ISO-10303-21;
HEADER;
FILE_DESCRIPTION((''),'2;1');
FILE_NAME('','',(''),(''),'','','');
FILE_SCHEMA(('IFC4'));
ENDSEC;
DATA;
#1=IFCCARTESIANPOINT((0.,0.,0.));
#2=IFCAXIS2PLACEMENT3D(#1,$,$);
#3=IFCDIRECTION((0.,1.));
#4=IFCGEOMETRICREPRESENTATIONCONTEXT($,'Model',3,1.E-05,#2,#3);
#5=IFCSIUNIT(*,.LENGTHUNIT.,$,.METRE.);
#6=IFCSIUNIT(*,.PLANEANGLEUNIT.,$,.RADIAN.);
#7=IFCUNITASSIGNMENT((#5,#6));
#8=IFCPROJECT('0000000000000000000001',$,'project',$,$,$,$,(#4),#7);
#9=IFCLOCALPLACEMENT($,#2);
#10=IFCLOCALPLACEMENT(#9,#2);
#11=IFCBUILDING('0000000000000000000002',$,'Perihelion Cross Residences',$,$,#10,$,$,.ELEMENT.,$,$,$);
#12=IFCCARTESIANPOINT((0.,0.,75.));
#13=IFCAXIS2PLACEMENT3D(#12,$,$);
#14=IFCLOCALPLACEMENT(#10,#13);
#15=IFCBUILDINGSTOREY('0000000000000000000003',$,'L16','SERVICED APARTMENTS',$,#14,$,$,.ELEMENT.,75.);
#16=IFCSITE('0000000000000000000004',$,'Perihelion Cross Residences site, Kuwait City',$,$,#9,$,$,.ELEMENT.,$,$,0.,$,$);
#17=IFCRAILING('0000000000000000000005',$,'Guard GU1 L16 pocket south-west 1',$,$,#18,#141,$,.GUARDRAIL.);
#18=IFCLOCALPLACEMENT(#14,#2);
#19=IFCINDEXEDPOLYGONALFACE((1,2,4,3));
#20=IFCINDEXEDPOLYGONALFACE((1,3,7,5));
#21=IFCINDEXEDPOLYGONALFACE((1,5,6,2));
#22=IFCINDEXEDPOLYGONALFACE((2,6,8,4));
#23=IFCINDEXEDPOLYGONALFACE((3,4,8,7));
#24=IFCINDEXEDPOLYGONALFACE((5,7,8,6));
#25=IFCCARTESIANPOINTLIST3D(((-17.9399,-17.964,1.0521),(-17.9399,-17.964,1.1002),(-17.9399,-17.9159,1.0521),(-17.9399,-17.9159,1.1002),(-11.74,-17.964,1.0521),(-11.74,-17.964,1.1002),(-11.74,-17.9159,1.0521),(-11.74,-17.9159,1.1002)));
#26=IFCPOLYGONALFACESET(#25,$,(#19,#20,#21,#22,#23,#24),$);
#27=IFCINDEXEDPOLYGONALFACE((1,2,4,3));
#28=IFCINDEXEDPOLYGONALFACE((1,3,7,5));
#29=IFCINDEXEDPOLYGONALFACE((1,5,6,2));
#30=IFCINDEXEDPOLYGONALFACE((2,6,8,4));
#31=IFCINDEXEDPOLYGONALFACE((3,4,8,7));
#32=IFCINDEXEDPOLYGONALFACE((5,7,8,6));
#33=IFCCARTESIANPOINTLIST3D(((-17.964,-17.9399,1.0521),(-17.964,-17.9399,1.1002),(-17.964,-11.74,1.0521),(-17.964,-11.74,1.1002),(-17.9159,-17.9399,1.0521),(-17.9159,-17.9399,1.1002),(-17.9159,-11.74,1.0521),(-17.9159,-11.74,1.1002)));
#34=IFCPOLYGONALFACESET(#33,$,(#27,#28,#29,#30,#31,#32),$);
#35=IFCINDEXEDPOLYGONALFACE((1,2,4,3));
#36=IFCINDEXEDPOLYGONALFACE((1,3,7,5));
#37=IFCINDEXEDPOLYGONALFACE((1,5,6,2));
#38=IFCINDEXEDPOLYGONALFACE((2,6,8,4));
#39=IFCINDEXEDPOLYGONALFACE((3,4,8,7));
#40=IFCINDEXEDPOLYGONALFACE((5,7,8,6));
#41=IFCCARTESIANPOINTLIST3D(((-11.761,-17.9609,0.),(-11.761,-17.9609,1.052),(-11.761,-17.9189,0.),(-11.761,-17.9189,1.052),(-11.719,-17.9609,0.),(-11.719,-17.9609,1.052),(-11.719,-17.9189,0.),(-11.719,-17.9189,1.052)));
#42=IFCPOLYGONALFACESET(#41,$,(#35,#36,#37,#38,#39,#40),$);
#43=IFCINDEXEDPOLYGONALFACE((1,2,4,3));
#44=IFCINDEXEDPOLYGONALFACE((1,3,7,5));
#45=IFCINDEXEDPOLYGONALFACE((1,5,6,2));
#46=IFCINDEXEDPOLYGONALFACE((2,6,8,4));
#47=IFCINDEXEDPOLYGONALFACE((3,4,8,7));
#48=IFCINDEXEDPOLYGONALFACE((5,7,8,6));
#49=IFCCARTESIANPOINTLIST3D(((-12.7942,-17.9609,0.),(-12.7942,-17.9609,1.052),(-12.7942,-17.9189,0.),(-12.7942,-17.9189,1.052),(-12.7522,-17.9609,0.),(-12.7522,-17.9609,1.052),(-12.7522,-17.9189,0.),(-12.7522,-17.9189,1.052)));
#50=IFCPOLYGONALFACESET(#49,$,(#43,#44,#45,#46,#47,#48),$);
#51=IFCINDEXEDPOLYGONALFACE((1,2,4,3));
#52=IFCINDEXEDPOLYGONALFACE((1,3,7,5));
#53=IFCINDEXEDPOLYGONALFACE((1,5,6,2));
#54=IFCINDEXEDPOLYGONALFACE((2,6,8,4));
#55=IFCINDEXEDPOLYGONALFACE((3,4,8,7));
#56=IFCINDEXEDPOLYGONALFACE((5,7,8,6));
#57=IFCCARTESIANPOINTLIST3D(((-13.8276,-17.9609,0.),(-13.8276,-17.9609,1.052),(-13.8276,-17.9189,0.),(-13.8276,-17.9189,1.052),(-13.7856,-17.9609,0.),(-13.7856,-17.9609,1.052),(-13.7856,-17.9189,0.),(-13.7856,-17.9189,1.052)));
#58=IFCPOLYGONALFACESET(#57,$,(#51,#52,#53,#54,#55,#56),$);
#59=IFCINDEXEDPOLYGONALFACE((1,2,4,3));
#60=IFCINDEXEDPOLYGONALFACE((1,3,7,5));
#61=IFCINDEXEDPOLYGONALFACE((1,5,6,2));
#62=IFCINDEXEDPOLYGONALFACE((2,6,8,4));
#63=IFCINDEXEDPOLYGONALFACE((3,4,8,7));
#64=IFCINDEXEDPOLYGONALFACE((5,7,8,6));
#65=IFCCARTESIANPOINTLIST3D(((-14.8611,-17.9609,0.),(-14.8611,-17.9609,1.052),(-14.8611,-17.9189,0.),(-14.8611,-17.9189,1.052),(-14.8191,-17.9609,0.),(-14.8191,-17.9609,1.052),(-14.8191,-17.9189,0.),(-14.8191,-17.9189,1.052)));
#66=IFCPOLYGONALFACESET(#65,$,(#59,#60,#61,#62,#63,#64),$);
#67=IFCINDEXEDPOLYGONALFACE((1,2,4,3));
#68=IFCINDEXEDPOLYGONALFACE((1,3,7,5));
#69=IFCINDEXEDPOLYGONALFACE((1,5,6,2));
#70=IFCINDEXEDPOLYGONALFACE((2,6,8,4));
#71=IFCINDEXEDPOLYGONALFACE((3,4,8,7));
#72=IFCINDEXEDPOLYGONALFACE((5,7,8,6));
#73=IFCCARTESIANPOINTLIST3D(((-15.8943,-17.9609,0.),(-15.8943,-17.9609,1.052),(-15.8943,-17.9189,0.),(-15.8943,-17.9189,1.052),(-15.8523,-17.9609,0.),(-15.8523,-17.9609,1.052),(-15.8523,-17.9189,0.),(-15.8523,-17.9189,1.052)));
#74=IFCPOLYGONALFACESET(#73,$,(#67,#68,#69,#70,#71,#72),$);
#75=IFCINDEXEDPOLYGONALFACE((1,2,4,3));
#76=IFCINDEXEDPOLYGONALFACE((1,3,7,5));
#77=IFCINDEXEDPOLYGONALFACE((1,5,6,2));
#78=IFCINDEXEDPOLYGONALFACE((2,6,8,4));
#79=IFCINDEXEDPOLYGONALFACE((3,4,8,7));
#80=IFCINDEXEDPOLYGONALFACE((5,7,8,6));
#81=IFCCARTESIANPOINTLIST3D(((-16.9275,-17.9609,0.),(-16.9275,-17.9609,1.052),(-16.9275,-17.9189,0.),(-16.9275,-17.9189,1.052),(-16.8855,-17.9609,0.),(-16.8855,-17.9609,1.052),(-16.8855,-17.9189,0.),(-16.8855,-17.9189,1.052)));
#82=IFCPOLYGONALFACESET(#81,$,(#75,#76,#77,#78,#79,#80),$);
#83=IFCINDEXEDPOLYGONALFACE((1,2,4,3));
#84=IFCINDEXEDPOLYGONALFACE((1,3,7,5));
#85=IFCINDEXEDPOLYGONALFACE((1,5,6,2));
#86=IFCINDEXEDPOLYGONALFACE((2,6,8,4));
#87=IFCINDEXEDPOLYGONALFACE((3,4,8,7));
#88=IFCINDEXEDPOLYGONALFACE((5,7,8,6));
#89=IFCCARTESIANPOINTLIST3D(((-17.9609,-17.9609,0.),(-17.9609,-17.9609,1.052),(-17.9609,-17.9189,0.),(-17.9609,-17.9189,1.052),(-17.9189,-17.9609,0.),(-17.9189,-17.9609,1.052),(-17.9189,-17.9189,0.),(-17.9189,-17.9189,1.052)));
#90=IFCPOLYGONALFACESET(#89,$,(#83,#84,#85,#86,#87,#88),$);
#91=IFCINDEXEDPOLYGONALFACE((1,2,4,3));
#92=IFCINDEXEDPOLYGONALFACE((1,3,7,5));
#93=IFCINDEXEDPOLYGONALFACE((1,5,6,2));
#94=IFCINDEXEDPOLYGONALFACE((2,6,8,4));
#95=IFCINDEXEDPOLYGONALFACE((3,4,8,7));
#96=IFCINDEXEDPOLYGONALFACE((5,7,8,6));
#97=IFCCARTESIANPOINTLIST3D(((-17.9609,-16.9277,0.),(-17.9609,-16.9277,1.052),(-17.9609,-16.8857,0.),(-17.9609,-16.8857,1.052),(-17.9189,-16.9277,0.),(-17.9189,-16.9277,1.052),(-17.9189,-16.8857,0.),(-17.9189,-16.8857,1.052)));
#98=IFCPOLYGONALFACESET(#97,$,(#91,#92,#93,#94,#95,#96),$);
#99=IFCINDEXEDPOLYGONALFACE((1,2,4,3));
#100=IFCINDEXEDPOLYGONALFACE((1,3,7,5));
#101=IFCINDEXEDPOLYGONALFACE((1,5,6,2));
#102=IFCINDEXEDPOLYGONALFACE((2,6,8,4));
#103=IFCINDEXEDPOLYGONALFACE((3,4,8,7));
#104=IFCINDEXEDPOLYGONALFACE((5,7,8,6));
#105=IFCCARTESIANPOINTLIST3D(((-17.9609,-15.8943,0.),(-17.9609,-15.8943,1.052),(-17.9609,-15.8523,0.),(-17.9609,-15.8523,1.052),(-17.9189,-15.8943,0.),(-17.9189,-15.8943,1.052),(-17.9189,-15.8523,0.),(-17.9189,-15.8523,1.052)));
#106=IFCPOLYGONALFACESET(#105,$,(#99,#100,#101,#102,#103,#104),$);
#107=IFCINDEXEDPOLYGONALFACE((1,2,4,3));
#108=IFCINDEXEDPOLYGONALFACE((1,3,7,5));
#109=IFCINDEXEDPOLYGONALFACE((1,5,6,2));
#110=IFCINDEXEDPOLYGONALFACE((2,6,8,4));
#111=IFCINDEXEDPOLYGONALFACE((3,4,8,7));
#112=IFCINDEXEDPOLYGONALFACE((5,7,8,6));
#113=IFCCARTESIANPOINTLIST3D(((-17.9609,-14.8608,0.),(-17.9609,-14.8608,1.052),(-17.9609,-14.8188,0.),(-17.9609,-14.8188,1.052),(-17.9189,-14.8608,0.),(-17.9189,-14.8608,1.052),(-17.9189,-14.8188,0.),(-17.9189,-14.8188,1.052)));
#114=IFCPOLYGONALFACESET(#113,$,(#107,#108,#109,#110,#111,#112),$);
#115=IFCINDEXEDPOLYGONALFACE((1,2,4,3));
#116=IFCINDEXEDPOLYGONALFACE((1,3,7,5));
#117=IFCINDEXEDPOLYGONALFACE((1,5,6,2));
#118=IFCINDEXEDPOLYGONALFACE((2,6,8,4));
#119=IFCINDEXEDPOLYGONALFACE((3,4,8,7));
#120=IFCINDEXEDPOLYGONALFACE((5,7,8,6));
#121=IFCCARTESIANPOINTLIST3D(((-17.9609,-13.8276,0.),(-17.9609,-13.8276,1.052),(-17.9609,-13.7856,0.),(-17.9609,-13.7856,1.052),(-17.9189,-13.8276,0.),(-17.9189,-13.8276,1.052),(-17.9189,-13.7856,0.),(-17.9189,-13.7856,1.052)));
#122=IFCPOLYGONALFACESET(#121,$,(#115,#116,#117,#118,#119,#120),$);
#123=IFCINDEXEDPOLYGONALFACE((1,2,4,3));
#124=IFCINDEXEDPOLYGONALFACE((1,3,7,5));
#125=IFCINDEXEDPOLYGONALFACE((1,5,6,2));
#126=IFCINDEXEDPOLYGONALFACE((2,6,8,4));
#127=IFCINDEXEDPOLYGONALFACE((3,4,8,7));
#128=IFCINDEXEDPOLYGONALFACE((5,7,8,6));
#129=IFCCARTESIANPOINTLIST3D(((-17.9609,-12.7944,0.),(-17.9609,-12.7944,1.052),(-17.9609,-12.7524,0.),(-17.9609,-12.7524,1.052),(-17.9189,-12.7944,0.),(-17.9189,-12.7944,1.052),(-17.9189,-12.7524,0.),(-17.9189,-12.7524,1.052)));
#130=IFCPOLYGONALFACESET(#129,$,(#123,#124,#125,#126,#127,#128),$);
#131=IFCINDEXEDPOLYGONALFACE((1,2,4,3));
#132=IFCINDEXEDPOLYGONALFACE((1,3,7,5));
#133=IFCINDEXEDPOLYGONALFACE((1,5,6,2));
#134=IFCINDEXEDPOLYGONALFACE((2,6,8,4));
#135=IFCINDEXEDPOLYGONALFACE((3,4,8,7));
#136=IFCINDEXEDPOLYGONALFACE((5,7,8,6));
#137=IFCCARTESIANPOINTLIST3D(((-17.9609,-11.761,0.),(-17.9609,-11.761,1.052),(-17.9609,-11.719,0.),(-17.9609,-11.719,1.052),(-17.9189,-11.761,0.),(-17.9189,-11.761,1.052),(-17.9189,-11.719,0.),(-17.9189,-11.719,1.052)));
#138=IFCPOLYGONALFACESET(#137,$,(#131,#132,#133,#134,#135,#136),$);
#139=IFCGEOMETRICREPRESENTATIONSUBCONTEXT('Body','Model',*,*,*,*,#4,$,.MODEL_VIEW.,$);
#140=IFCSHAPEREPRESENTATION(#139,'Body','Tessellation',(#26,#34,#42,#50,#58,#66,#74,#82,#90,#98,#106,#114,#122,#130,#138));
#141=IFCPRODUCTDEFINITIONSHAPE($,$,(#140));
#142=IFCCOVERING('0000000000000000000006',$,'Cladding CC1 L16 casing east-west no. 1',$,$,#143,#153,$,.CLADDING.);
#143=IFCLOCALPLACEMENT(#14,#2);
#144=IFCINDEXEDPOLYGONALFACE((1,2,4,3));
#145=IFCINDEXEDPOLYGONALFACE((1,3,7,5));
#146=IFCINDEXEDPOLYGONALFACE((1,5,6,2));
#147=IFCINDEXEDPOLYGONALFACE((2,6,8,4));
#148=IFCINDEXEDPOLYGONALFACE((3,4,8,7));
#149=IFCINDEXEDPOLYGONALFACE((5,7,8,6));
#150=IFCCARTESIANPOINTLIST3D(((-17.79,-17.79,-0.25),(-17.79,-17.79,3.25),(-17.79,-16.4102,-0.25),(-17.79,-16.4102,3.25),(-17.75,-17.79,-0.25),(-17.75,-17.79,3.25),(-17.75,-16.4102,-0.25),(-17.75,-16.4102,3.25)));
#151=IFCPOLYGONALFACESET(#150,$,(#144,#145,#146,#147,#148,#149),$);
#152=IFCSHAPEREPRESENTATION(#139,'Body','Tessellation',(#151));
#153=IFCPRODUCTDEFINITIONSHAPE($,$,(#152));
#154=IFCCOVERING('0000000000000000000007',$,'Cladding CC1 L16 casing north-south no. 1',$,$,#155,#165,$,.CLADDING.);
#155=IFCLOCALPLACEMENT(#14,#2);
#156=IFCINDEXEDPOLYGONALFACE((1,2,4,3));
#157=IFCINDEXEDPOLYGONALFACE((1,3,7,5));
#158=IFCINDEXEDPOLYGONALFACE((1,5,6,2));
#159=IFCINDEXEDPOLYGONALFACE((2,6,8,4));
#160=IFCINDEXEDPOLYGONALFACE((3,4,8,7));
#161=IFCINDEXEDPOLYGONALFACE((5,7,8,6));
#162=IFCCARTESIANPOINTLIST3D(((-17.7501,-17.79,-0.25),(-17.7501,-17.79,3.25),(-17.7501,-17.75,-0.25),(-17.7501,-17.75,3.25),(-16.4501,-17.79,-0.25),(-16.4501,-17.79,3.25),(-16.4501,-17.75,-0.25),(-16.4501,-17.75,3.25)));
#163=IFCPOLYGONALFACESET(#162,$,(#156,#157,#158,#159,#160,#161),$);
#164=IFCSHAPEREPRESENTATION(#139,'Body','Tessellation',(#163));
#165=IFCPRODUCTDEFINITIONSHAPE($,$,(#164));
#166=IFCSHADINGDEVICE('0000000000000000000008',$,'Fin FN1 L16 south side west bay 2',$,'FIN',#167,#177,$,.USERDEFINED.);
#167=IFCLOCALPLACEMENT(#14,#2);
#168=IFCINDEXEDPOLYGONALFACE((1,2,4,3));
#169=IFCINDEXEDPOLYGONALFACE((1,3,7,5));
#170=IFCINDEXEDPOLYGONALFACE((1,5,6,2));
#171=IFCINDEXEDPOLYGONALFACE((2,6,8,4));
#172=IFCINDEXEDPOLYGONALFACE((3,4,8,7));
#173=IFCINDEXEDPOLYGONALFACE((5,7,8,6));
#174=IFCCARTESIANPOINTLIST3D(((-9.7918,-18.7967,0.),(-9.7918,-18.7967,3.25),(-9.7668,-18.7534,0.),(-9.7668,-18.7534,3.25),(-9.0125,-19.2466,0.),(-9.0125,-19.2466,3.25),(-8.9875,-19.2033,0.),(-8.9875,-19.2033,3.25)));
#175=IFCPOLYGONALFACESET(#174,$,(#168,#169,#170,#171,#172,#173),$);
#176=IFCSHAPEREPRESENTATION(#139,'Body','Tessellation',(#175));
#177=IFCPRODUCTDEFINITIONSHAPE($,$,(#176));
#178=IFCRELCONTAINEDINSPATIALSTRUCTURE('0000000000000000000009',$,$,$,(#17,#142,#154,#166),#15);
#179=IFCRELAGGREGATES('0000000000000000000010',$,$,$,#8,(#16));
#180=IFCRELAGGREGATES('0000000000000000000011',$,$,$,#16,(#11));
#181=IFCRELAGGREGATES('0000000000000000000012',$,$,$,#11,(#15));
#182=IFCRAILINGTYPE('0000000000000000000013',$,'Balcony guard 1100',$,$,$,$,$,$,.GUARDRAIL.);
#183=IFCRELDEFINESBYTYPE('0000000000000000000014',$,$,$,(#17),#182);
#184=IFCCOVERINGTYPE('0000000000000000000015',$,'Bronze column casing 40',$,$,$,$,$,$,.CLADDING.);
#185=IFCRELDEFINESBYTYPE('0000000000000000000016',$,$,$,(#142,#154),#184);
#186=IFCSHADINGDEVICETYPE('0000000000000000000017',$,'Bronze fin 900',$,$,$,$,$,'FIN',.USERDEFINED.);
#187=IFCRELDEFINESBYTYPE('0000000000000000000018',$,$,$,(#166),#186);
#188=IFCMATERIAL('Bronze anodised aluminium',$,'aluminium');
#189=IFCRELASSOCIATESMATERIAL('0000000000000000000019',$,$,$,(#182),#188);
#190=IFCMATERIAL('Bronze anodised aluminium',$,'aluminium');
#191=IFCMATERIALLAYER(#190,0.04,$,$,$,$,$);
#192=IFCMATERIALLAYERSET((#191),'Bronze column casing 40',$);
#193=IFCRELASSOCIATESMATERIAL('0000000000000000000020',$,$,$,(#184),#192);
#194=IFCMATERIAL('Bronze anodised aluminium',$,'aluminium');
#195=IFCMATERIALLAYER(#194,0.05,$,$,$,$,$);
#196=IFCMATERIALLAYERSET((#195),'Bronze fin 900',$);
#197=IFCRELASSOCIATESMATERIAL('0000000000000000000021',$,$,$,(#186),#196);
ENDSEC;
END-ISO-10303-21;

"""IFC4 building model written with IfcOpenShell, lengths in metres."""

from ifc_helpers import new_model, si_unit, direction, frame, origin, origin_2d, place, context, subcontext, project, spatial, rectangle, extrude, material, layer, layer_set, type_object, element, save


model = new_model("IFC4")

# Units and contexts
model_context = context("Model", 3, precision=1e-05, world=origin(), true_north=direction((0.0, 1.0)))
body_context = subcontext(model_context, "Body", "Model", "MODEL_VIEW")
ifc_project = project(units=[si_unit("LENGTHUNIT", "METRE"), si_unit("PLANEANGLEUNIT", "RADIAN")], contexts=[model_context])

# Site, building, storey
site_placement = place(None, origin())
site = spatial("IfcSite", under=ifc_project, at=site_placement, Name="Perihelion Cross Residences site, Kuwait City", CompositionType="ELEMENT", RefElevation=0.0)
building_placement = place(site_placement, origin())
building = spatial("IfcBuilding", under=site, at=building_placement, Name="Perihelion Cross Residences", CompositionType="ELEMENT")
storey_placement = place(building_placement, frame((0.0, 0.0, 75.0)))
storey = spatial("IfcBuildingStorey", under=building, at=storey_placement, Name="L16", Description="SERVICED APARTMENTS", CompositionType="ELEMENT", Elevation=75.0)

# Railing
ifc_material_1 = material(Name="Bronze anodised aluminium", Category="aluminium")
railing_type = type_object("IfcRailingType", Name="Balcony guard 1100", PredefinedType="GUARDRAIL", material=ifc_material_1)
railing_1_placement = place(storey_placement, frame((-11.74, -17.9399, 0.0)))
element("IfcRailing", 1, at=railing_1_placement, inside=storey, type_object=railing_type, Name="Guard GU1 L16 pocket south-west 1", PredefinedType="GUARDRAIL", context=body_context, shape_type="SweptSolid", body=[
    extrude(rectangle(XDim=0.0481, YDim=0.0481, at=origin_2d()), frame((0.0, 0.0, 1.0762), z_axis=(-1.0, 0.0, 0.0), x_axis=(0.0, -1.0, 0.0)), (0.0, 0.0, 1.0), 6.2),
    extrude(rectangle(XDim=0.0481, YDim=0.0481, at=origin_2d()), frame((-6.2, 0.0, 1.0762), z_axis=(0.0, 1.0, 0.0), x_axis=(-1.0, 0.0, 0.0)), (0.0, 0.0, 1.0), 6.2),
    extrude(rectangle(XDim=0.042, YDim=0.042, at=origin_2d()), origin(), (0.0, 0.0, 1.0), 1.052),
    extrude(rectangle(XDim=0.042, YDim=0.042, at=origin_2d()), frame((-1.0332, 0.0, 0.0)), (0.0, 0.0, 1.0), 1.052),
    extrude(rectangle(XDim=0.042, YDim=0.042, at=origin_2d()), frame((-2.0667, 0.0, 0.0)), (0.0, 0.0, 1.0), 1.052),
    extrude(rectangle(XDim=0.042, YDim=0.042, at=origin_2d()), frame((-3.1001, 0.0, 0.0)), (0.0, 0.0, 1.0), 1.052),
    extrude(rectangle(XDim=0.042, YDim=0.042, at=origin_2d()), frame((-4.1333, 0.0, 0.0)), (0.0, 0.0, 1.0), 1.052),
    extrude(rectangle(XDim=0.042, YDim=0.042, at=origin_2d()), frame((-5.1665, 0.0, 0.0)), (0.0, 0.0, 1.0), 1.052),
    extrude(rectangle(XDim=0.042, YDim=0.042, at=origin_2d()), frame((-6.2, 0.0, 0.0)), (0.0, 0.0, 1.0), 1.052),
    extrude(rectangle(XDim=0.042, YDim=0.042, at=origin_2d()), frame((-6.2, 1.0332, 0.0)), (0.0, 0.0, 1.0), 1.052),
    extrude(rectangle(XDim=0.042, YDim=0.042, at=origin_2d()), frame((-6.2, 2.0667, 0.0)), (0.0, 0.0, 1.0), 1.052),
    extrude(rectangle(XDim=0.042, YDim=0.042, at=origin_2d()), frame((-6.2, 3.1001, 0.0)), (0.0, 0.0, 1.0), 1.052),
    extrude(rectangle(XDim=0.042, YDim=0.042, at=origin_2d()), frame((-6.2, 4.1333, 0.0)), (0.0, 0.0, 1.0), 1.052),
    extrude(rectangle(XDim=0.042, YDim=0.042, at=origin_2d()), frame((-6.2, 5.1665, 0.0)), (0.0, 0.0, 1.0), 1.052),
    extrude(rectangle(XDim=0.042, YDim=0.042, at=origin_2d()), frame((-6.2, 6.2, 0.0)), (0.0, 0.0, 1.0), 1.052),
])

# Coverings
ifc_material_2 = material(Name="Bronze anodised aluminium", Category="aluminium")
ifc_layer_1 = layer(ifc_material_2, 0.04)
ifc_layer_set_1 = layer_set([ifc_layer_1], Name="Bronze column casing 40")
covering_type = type_object("IfcCoveringType", Name="Bronze column casing 40", PredefinedType="CLADDING", material=ifc_layer_set_1)
covering_1_placement = place(storey_placement, frame((-17.77, -17.1001, -0.25), z_axis=(0.0, 0.0, 1.0), x_axis=(1.0, 0.0, 0.0)))
element("IfcCovering", 2, at=covering_1_placement, inside=storey, type_object=covering_type, Name="Cladding CC1 L16 casing east-west no. 1", PredefinedType="CLADDING", context=body_context, shape_type="SweptSolid", body=[
    extrude(rectangle(XDim=0.04, YDim=1.3799, at=origin_2d()), origin(), (0.0, 0.0, 1.0), 3.5),
])
covering_2_placement = place(storey_placement, frame((-17.1001, -17.77, -0.25), z_axis=(0.0, 0.0, 1.0), x_axis=(1.0, 0.0, 0.0)))
element("IfcCovering", 3, at=covering_2_placement, inside=storey, type_object=covering_type, Name="Cladding CC1 L16 casing north-south no. 1", PredefinedType="CLADDING", context=body_context, shape_type="SweptSolid", body=[
    extrude(rectangle(XDim=1.3, YDim=0.04, at=origin_2d()), origin(), (0.0, 0.0, 1.0), 3.5),
])

# Shading device
ifc_material_3 = material(Name="Bronze anodised aluminium", Category="aluminium")
ifc_layer_2 = layer(ifc_material_3, 0.05)
ifc_layer_set_2 = layer_set([ifc_layer_2], Name="Bronze fin 900")
shading_device_type = type_object("IfcShadingDeviceType", Name="Bronze fin 900", ElementType="FIN", PredefinedType="USERDEFINED", material=ifc_layer_set_2)
shading_device_placement = place(storey_placement, frame((-9.3896, -19.0, 0.0), z_axis=(0.0, 0.0, 1.0), x_axis=(-0.866025, 0.5, 0.0)))
element("IfcShadingDevice", 4, at=shading_device_placement, inside=storey, type_object=shading_device_type, Name="Fin FN1 L16 south side west bay 2", ObjectType="FIN", PredefinedType="USERDEFINED", context=body_context, shape_type="SweptSolid", body=[
    extrude(rectangle(XDim=0.8999, YDim=0.05, at=origin_2d()), origin(), (0.0, 0.0, 1.0), 3.25),
])

save(model, "model.ifc")
